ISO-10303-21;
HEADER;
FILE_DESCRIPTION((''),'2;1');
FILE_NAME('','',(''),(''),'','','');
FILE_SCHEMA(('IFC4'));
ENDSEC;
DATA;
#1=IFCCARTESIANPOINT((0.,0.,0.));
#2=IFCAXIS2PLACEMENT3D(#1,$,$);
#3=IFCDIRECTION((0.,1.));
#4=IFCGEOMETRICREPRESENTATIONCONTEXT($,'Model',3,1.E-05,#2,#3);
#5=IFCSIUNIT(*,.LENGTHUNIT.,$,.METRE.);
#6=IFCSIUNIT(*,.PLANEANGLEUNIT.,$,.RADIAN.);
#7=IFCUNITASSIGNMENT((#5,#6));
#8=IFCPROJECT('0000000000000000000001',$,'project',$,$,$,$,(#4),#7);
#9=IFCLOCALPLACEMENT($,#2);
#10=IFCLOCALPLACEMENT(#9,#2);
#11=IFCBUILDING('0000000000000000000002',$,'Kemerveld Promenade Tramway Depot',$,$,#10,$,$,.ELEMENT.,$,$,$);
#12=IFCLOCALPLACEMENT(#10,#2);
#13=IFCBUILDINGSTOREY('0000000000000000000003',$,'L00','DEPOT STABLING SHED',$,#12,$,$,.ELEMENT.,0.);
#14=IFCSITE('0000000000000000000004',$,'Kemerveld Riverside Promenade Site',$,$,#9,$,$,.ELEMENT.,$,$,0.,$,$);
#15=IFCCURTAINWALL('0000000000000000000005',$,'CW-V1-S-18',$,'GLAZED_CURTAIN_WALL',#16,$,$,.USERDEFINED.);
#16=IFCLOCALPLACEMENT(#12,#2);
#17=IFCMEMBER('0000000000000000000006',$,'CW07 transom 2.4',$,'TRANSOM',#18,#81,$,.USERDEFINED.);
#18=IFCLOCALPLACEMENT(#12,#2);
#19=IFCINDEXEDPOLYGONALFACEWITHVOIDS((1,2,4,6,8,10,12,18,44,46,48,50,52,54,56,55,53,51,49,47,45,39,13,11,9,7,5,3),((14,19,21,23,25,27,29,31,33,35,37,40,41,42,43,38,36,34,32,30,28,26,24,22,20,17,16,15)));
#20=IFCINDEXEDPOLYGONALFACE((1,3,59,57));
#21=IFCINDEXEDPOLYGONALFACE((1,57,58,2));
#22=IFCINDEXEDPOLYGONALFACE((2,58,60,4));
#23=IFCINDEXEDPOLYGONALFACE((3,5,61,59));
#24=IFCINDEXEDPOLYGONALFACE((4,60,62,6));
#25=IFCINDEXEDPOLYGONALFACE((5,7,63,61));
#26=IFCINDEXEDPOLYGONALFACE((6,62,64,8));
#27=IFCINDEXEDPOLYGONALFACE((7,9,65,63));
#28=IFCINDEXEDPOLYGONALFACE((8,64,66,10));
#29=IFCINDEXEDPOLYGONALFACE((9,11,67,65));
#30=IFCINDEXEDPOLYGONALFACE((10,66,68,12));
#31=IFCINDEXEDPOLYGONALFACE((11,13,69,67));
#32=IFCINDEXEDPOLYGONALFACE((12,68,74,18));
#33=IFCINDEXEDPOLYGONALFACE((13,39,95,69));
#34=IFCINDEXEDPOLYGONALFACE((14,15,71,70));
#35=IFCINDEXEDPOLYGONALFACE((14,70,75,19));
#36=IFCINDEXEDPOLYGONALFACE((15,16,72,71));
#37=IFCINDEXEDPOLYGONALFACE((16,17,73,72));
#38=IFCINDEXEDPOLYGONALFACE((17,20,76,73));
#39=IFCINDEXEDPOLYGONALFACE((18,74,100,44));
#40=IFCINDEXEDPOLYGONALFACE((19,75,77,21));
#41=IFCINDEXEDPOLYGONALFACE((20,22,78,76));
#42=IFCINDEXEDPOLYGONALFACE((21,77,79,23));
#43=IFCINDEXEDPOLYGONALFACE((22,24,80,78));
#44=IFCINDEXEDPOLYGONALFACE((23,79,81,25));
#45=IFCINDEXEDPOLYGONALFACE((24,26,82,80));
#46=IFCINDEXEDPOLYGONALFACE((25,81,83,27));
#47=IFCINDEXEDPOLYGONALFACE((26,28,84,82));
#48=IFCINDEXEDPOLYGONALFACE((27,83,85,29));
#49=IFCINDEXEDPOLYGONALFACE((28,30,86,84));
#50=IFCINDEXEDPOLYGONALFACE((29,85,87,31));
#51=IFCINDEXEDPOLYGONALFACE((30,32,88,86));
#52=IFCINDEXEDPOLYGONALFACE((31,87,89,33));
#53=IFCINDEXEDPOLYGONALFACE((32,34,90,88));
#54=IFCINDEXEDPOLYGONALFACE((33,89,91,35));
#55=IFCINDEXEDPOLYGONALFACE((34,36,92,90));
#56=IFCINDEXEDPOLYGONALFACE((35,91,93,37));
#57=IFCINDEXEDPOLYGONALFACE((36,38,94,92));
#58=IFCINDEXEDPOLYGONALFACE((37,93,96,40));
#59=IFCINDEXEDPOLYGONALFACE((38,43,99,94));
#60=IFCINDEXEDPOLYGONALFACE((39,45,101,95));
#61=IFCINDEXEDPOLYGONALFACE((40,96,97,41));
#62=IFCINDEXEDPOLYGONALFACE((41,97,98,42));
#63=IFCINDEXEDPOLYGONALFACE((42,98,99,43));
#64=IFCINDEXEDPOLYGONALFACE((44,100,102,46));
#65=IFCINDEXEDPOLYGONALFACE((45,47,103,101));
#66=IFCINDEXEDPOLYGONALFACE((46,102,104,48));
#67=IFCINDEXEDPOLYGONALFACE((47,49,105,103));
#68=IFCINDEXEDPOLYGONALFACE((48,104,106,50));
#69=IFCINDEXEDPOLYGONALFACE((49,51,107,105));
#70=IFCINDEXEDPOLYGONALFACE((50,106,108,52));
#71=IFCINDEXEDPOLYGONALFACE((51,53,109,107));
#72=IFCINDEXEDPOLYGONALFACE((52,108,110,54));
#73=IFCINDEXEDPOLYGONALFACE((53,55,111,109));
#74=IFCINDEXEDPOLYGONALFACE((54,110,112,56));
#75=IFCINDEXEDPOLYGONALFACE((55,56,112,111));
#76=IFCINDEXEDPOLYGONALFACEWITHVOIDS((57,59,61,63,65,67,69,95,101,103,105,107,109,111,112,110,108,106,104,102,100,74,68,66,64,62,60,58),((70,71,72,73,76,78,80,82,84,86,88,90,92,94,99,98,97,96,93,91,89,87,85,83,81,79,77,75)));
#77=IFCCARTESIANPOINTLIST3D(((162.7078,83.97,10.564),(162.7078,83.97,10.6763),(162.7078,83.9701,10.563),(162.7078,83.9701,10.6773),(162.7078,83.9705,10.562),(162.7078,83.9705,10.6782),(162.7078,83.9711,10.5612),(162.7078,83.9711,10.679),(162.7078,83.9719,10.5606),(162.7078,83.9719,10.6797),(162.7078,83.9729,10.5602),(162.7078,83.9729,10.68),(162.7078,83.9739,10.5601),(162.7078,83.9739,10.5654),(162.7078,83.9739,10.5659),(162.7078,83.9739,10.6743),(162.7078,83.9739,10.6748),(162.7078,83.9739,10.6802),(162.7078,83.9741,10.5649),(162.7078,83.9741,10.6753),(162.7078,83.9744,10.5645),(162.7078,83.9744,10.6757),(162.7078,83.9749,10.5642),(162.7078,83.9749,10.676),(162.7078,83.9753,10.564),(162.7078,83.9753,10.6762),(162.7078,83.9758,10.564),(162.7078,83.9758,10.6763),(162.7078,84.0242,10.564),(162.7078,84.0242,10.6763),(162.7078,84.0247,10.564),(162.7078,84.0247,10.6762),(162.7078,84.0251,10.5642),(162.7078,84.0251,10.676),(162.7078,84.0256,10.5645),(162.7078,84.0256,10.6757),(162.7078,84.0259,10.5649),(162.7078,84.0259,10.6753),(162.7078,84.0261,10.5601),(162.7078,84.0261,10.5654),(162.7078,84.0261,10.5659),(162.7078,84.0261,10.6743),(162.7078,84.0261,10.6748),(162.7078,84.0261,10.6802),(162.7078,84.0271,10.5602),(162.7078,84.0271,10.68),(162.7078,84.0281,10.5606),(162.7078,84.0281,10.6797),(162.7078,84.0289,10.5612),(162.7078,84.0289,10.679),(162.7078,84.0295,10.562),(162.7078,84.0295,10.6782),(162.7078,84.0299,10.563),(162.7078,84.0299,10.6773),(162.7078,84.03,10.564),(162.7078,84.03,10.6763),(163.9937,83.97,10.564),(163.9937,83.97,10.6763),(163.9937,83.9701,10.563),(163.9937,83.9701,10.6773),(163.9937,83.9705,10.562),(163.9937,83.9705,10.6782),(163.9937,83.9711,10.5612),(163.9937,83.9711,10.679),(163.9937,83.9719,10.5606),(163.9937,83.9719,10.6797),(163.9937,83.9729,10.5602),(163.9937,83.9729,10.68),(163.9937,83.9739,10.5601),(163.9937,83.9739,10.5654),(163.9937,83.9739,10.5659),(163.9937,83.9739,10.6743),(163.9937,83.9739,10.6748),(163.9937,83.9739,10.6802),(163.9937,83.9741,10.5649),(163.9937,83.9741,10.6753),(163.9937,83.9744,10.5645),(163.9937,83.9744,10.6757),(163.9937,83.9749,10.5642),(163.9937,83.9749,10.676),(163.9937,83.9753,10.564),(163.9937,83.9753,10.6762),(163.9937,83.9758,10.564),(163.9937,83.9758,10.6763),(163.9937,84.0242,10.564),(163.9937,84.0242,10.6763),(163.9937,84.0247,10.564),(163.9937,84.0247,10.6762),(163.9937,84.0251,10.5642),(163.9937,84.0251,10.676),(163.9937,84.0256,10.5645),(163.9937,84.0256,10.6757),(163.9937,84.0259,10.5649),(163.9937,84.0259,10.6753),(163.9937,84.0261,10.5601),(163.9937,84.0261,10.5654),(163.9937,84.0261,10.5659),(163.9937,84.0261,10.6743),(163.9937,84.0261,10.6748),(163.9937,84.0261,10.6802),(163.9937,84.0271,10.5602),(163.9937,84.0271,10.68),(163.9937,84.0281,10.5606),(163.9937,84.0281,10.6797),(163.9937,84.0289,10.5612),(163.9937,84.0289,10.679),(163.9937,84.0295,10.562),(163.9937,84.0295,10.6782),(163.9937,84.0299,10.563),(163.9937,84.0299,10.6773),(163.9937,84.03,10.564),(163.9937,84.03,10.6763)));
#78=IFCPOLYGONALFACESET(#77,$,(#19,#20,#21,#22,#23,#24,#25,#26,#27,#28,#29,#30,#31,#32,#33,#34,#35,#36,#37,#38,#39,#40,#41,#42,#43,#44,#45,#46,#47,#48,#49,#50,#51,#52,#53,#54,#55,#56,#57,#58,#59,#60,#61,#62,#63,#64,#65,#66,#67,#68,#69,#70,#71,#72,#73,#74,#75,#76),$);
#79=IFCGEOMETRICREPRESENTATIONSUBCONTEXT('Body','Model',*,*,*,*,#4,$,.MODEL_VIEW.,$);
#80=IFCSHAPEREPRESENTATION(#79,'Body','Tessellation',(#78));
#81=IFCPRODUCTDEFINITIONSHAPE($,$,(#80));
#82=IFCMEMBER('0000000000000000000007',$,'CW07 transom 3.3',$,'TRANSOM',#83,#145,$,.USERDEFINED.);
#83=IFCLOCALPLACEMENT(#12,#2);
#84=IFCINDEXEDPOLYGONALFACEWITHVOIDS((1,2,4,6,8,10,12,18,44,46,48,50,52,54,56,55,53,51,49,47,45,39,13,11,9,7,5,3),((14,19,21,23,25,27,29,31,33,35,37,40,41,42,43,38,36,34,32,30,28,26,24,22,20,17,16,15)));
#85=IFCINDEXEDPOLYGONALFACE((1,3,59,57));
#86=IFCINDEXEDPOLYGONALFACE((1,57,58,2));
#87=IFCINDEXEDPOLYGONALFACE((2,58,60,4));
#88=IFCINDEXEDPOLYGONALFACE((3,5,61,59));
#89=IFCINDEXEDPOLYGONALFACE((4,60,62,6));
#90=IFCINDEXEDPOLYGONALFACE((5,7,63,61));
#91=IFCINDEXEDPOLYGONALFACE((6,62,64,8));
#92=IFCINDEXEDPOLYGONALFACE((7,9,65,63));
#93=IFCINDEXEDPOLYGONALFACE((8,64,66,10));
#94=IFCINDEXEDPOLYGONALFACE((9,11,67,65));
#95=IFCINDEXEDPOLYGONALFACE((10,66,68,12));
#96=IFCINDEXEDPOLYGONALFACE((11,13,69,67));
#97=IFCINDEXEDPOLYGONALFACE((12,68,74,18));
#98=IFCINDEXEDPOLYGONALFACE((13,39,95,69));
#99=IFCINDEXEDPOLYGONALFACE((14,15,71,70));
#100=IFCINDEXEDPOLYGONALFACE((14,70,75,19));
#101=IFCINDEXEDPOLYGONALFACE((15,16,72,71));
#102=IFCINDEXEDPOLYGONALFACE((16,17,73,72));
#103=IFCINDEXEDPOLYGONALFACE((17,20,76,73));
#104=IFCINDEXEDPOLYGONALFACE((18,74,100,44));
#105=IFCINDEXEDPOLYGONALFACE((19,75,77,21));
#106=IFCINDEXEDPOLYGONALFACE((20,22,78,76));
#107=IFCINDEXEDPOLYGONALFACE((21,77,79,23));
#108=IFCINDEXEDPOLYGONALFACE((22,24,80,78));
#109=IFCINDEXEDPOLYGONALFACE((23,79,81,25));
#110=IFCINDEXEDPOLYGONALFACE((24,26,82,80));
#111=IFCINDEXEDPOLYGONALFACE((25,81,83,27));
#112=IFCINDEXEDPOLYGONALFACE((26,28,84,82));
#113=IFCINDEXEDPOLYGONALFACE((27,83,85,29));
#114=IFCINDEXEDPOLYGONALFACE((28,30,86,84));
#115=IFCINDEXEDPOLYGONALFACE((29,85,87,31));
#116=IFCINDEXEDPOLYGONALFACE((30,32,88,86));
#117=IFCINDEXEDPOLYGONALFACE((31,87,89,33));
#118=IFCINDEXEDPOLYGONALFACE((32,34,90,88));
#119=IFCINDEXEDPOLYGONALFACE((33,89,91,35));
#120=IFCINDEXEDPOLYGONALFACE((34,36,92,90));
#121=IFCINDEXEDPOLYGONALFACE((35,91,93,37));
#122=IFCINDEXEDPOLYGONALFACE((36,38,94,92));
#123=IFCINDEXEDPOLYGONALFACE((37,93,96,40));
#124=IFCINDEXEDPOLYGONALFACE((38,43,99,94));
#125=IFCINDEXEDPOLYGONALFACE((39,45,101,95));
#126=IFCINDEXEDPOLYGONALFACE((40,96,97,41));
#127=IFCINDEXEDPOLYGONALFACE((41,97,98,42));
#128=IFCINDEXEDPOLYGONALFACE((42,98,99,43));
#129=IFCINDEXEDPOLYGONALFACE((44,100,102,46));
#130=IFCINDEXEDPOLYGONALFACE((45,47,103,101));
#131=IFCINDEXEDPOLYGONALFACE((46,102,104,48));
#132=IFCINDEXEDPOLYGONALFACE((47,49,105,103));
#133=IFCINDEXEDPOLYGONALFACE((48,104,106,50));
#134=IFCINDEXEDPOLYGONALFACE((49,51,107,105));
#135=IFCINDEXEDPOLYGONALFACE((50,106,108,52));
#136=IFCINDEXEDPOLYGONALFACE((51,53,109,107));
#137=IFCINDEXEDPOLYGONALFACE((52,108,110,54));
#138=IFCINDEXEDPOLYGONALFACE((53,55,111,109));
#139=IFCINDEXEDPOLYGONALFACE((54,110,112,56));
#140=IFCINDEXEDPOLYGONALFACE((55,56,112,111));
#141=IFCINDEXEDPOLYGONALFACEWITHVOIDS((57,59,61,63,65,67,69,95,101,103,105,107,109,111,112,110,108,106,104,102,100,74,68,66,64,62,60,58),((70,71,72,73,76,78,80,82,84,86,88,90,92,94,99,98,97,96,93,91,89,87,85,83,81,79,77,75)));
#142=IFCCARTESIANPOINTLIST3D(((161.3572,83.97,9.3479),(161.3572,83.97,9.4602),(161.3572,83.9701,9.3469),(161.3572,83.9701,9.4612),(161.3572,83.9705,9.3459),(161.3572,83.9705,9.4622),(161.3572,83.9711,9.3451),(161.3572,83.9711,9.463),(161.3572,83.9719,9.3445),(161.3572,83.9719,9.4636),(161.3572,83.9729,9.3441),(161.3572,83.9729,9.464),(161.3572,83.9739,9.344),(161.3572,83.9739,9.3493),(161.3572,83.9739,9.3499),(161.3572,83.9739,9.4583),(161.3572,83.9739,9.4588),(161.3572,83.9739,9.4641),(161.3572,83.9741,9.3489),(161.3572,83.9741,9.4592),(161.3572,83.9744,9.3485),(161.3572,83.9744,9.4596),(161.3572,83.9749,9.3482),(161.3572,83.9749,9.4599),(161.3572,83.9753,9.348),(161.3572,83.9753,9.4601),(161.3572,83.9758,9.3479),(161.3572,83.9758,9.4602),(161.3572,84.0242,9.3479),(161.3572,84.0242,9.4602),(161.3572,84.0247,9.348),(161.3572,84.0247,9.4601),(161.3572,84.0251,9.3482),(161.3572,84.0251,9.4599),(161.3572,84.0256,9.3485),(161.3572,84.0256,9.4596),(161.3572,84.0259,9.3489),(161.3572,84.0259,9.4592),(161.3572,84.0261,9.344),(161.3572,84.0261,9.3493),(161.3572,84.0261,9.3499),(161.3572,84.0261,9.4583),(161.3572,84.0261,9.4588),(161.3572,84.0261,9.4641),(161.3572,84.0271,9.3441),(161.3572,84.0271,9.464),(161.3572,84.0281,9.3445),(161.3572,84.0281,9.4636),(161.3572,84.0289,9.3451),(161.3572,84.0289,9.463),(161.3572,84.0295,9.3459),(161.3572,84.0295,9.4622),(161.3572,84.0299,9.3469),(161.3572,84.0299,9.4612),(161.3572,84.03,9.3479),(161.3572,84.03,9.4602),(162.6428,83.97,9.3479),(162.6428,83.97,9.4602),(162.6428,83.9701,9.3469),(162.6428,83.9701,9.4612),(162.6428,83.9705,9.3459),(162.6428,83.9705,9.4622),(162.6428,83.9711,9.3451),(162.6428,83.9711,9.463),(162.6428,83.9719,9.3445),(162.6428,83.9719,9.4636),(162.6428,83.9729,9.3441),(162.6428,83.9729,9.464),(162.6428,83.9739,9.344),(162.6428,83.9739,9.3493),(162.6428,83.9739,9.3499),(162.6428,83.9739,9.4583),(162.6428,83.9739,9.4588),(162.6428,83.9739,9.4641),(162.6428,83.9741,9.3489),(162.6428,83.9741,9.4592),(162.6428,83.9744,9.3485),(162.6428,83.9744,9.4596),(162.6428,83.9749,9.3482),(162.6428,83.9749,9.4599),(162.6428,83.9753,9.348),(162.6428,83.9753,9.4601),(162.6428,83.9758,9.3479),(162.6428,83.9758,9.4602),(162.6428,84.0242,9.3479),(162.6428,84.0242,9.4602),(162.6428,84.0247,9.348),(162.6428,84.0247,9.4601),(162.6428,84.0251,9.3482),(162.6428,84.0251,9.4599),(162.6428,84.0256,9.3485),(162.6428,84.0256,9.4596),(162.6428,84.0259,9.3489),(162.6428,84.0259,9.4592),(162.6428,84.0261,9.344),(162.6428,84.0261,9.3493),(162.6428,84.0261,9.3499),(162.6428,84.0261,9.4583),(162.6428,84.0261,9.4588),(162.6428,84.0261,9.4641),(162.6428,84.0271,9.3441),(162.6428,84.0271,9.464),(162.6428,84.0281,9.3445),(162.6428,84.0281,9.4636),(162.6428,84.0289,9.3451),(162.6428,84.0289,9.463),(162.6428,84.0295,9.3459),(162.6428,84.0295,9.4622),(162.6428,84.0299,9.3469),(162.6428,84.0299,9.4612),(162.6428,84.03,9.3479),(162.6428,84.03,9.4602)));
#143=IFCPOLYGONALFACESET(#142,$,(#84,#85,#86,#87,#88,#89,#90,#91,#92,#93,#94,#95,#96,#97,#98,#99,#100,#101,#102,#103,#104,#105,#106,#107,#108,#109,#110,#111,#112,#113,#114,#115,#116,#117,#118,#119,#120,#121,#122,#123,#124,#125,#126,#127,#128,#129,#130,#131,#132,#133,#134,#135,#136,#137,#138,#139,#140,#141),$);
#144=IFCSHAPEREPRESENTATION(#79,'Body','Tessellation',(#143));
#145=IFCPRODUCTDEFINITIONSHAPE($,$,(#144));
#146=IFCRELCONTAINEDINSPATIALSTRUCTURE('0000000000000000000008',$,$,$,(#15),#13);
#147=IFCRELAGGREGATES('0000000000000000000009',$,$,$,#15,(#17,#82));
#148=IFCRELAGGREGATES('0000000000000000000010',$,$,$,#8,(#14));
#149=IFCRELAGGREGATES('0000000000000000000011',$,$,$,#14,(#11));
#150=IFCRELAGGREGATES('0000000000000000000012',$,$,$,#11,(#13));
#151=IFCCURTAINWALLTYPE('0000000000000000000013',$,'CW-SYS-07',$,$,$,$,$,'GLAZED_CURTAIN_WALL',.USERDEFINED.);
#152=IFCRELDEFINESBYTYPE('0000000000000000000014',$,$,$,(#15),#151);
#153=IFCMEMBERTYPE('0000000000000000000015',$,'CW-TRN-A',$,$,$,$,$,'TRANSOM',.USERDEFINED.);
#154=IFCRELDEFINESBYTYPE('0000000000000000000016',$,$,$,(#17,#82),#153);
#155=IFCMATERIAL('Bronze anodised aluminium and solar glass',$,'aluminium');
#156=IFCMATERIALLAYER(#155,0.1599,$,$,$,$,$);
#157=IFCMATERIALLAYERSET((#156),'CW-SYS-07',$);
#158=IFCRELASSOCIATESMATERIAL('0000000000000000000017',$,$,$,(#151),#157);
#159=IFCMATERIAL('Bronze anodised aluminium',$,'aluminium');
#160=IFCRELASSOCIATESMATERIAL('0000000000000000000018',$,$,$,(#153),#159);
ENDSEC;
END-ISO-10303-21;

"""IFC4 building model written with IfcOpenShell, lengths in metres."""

from ifc_helpers import new_model, si_unit, direction, frame, origin, origin_2d, place, context, subcontext, project, spatial, hollow_rectangle, extrude, material, layer, layer_set, material_profile, profile_set, type_object, element, aggregate, save


model = new_model("IFC4")

# Units and contexts
model_context = context("Model", 3, precision=1e-05, world=origin(), true_north=direction((0.0, 1.0)))
body_context = subcontext(model_context, "Body", "Model", "MODEL_VIEW")
ifc_project = project(units=[si_unit("LENGTHUNIT", "METRE"), si_unit("PLANEANGLEUNIT", "RADIAN")], contexts=[model_context])

# Site, building, storey
site_placement = place(None, origin())
site = spatial("IfcSite", under=ifc_project, at=site_placement, Name="Kemerveld Riverside Promenade Site", CompositionType="ELEMENT", RefElevation=0.0)
building_placement = place(site_placement, origin())
building = spatial("IfcBuilding", under=site, at=building_placement, Name="Kemerveld Promenade Tramway Depot", CompositionType="ELEMENT")
storey_placement = place(building_placement, origin())
storey = spatial("IfcBuildingStorey", under=building, at=storey_placement, Name="L00", Description="DEPOT STABLING SHED", CompositionType="ELEMENT", Elevation=0.0)

# Curtain wall, members
ifc_material_1 = material(Name="Bronze anodised aluminium and solar glass", Category="aluminium")
ifc_layer_1 = layer(ifc_material_1, 0.1599)
ifc_layer_set_1 = layer_set([ifc_layer_1], Name="CW-SYS-07")
curtain_wall_type_1 = type_object("IfcCurtainWallType", Name="CW-SYS-07", ElementType="GLAZED_CURTAIN_WALL", PredefinedType="USERDEFINED", material=ifc_layer_set_1)
curtain_wall_1_placement = place(storey_placement, origin())
curtain_wall_1 = element("IfcCurtainWall", 1, at=curtain_wall_1_placement, inside=storey, type_object=curtain_wall_type_1, Name="CW-V1-S-18", ObjectType="GLAZED_CURTAIN_WALL", PredefinedType="USERDEFINED")
ifc_material_2 = material(Name="Bronze anodised aluminium", Category="aluminium")
ifc_material_profile_1 = material_profile(ifc_material_2, hollow_rectangle(XDim=0.0601, YDim=0.1201, WallThickness=0.0039, InnerFilletRadius=0.002, OuterFilletRadius=0.0039, at=origin_2d()), Name="CW-TRN-120x60")
ifc_profile_set_1 = profile_set([ifc_material_profile_1], Name="Bronze anodised aluminium")
member_type_1 = type_object("IfcMemberType", Name="CW-TRN-A", ElementType="TRANSOM", PredefinedType="USERDEFINED", material=ifc_profile_set_1)
member_1_placement = place(storey_placement, frame((163.9937, 84.0, 10.6201), z_axis=(-1.0, 0.0, 0.0), x_axis=(0.0, -1.0, 0.0)))
member_1 = element("IfcMember", 2, at=member_1_placement, type_object=member_type_1, Name="CW07 transom 2.4", ObjectType="TRANSOM", PredefinedType="USERDEFINED", context=body_context, shape_type="SweptSolid", body=[
    extrude(hollow_rectangle(XDim=0.0601, YDim=0.1201, WallThickness=0.0039, InnerFilletRadius=0.002, OuterFilletRadius=0.0039, at=origin_2d()), origin(), (0.0, 0.0, 1.0), 1.2859),
])
member_2_placement = place(storey_placement, frame((162.6428, 84.0, 9.4041), z_axis=(-1.0, 0.0, 0.0), x_axis=(0.0, -1.0, 0.0)))
member_2 = element("IfcMember", 3, at=member_2_placement, type_object=member_type_1, Name="CW07 transom 3.3", ObjectType="TRANSOM", PredefinedType="USERDEFINED", context=body_context, shape_type="SweptSolid", body=[
    extrude(hollow_rectangle(XDim=0.0601, YDim=0.1201, WallThickness=0.0039, InnerFilletRadius=0.002, OuterFilletRadius=0.0039, at=origin_2d()), origin(), (0.0, 0.0, 1.0), 1.2856),
])

aggregate(curtain_wall_1, [member_1, member_2])

save(model, "model.ifc")
